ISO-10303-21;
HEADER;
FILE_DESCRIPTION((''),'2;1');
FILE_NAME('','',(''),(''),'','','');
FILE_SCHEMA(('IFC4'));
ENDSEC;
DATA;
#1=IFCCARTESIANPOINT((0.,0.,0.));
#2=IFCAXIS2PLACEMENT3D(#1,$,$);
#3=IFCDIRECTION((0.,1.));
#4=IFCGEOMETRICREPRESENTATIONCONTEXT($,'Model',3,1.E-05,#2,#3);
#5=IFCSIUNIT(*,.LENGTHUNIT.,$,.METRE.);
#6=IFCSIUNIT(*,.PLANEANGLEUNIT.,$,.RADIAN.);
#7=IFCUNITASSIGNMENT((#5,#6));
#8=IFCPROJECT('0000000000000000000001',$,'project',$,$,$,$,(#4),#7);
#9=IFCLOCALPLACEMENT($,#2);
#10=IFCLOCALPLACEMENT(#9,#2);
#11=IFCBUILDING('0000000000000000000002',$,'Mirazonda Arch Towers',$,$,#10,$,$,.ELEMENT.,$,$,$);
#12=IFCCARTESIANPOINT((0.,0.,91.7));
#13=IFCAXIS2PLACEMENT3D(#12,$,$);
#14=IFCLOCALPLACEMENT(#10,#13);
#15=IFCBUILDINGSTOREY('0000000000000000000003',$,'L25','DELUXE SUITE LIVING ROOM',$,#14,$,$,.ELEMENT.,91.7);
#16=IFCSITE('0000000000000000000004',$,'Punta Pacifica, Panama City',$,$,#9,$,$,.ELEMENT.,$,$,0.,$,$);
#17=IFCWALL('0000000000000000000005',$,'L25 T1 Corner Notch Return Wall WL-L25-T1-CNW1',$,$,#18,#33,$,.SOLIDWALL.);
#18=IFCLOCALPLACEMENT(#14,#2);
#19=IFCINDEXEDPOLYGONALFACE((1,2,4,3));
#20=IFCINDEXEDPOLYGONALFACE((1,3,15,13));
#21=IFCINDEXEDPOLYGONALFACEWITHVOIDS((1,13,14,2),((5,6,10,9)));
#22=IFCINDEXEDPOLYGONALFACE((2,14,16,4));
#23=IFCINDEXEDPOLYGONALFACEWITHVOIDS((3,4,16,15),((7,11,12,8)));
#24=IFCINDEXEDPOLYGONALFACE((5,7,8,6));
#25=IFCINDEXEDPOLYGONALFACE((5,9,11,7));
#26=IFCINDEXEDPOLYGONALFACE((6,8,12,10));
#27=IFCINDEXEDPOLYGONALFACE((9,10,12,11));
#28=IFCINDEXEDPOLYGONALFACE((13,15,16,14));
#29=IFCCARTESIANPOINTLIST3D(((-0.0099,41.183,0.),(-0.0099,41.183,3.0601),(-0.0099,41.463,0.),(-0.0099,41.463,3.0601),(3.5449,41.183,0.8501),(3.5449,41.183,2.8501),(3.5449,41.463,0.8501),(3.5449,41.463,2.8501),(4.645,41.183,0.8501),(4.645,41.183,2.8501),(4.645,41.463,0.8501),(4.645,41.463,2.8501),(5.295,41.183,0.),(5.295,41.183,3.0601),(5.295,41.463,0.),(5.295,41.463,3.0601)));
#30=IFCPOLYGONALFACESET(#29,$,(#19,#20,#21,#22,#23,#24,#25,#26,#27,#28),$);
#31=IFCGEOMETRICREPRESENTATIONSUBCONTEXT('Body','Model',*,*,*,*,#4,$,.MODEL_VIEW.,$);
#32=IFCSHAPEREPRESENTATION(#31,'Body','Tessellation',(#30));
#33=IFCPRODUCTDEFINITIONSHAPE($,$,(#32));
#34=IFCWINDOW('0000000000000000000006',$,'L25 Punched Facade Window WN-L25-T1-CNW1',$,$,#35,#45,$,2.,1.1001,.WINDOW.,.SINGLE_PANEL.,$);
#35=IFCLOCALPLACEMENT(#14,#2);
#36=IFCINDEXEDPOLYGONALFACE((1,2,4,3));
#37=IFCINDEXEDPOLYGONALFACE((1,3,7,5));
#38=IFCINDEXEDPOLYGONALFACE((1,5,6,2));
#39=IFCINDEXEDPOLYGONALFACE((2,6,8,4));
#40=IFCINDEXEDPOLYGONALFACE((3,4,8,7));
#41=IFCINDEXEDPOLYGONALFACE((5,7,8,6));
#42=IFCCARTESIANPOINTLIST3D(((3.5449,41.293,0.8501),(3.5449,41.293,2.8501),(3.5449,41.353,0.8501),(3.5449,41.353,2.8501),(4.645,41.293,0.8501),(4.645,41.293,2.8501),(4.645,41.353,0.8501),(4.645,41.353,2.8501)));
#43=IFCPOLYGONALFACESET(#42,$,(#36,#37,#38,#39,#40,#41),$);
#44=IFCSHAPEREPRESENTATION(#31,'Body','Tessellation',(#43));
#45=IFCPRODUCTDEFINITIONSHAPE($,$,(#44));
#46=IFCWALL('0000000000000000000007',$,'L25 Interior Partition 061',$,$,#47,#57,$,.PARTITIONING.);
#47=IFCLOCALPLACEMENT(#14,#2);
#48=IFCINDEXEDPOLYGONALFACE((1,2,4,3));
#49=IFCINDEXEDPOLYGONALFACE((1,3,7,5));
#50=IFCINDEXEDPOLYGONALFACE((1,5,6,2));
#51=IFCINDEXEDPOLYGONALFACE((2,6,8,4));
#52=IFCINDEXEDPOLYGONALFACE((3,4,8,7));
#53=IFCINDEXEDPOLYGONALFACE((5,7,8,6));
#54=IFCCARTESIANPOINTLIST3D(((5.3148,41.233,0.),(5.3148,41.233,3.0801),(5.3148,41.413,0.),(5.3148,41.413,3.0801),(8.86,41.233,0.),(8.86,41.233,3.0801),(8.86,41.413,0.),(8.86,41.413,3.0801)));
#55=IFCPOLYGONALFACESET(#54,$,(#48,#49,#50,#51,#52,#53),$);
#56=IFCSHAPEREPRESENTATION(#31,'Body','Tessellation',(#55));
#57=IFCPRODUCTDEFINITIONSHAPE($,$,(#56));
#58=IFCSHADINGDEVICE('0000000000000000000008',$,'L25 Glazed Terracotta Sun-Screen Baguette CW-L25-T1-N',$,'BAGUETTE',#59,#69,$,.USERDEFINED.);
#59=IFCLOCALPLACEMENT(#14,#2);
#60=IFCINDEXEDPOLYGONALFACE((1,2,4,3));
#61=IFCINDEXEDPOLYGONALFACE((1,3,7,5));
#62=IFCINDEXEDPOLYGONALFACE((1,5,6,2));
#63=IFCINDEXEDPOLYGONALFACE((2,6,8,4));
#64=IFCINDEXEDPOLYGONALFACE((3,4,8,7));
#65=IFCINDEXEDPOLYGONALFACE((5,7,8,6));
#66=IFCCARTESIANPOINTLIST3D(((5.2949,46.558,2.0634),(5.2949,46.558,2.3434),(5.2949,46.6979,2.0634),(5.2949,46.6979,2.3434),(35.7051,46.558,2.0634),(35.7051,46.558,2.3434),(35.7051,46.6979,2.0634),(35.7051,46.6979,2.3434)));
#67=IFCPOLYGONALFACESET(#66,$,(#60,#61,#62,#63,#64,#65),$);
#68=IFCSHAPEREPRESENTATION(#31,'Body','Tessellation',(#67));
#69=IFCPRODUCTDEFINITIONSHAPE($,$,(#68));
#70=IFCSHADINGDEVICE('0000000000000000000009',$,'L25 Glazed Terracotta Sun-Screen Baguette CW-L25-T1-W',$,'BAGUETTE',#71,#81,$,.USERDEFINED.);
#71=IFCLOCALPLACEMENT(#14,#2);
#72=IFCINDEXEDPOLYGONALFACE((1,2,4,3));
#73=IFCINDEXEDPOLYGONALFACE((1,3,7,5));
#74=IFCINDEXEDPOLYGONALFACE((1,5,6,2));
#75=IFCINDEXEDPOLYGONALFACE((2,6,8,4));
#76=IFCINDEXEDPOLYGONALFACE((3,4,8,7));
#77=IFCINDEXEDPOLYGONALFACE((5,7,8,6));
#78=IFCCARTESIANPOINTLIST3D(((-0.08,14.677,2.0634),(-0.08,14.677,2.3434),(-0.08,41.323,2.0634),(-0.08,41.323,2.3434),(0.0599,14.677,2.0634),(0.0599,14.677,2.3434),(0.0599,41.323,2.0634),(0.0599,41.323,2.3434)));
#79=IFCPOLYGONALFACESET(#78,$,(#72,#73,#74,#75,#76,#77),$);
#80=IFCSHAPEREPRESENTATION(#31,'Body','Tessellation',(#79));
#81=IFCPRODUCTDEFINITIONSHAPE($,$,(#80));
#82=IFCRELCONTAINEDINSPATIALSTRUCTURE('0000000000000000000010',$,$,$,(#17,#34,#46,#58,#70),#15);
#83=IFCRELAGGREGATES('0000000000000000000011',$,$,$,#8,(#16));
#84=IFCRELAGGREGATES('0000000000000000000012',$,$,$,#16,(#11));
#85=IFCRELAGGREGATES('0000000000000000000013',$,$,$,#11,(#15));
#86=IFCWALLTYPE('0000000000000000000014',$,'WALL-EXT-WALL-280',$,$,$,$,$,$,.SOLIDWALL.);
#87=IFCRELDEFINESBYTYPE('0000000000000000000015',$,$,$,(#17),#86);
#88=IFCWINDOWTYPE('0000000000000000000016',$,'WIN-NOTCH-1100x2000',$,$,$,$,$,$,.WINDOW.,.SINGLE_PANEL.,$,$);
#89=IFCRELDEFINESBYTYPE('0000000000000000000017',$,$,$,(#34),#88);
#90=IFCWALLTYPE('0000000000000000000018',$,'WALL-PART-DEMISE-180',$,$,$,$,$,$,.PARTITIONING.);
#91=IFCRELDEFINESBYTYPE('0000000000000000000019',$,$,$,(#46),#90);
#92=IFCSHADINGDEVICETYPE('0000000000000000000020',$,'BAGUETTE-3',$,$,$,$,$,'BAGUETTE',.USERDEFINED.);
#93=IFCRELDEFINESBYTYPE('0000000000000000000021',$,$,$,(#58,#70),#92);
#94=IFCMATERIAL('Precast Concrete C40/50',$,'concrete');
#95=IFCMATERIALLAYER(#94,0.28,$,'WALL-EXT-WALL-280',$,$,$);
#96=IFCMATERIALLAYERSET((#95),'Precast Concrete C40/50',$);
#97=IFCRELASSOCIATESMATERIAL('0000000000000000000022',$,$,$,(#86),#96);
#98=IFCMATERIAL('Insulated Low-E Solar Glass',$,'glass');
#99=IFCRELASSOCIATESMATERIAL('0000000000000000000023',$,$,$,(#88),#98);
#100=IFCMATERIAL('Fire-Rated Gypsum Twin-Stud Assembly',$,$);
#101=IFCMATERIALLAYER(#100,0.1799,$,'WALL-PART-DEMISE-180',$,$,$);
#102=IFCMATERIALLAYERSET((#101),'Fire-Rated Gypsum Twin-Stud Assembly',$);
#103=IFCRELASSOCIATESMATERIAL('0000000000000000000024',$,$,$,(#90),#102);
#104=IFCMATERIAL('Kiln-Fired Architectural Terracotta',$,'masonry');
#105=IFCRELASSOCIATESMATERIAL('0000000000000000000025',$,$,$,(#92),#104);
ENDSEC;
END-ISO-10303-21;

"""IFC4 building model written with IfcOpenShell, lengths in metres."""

from ifc_helpers import new_model, si_unit, direction, frame, frame_2d, origin, origin_2d, place, context, subcontext, project, spatial, rectangle, extrude, material, layer, layer_set, material_profile, profile_set, type_object, element, fill, save


model = new_model("IFC4")

# Units and contexts
model_context = context("Model", 3, precision=1e-05, world=origin(), true_north=direction((0.0, 1.0)))
body_context = subcontext(model_context, "Body", "Model", "MODEL_VIEW")
ifc_project = project(units=[si_unit("LENGTHUNIT", "METRE"), si_unit("PLANEANGLEUNIT", "RADIAN")], contexts=[model_context])

# Site, building, storey
site_placement = place(None, origin())
site = spatial("IfcSite", under=ifc_project, at=site_placement, Name="Punta Pacifica, Panama City", CompositionType="ELEMENT", RefElevation=0.0)
building_placement = place(site_placement, origin())
building = spatial("IfcBuilding", under=site, at=building_placement, Name="Mirazonda Arch Towers", CompositionType="ELEMENT")
storey_placement = place(building_placement, frame((0.0, 0.0, 91.7)))
storey = spatial("IfcBuildingStorey", under=building, at=storey_placement, Name="L25", Description="DELUXE SUITE LIVING ROOM", CompositionType="ELEMENT", Elevation=91.7)

# Shared definitions
ifc_material_1 = material(Name="Insulated Low-E Solar Glass", Category="glass")

# Wall, opening, window
ifc_material_2 = material(Name="Precast Concrete C40/50", Category="concrete")
ifc_layer_1 = layer(ifc_material_2, 0.28, Name="WALL-EXT-WALL-280")
ifc_layer_set_1 = layer_set([ifc_layer_1], Name="Precast Concrete C40/50")
wall_type_1 = type_object("IfcWallType", Name="WALL-EXT-WALL-280", PredefinedType="SOLIDWALL", material=ifc_layer_set_1)
wall_1_placement = place(storey_placement, frame((5.2949, 41.323, 0.0), z_axis=(0.0, 0.0, 1.0), x_axis=(-1.0, 0.0, 0.0)))
wall_1 = element("IfcWall", 1, at=wall_1_placement, inside=storey, type_object=wall_type_1, Name="L25 T1 Corner Notch Return Wall WL-L25-T1-CNW1", PredefinedType="SOLIDWALL", context=body_context, shape_type="SweptSolid", body=[
    extrude(rectangle(XDim=5.3049, YDim=0.28, at=frame_2d((2.6523, 0.0))), origin(), (0.0, 0.0, 1.0), 3.0601),
])
opening_1_placement = place(wall_1_placement, frame((0.6499, 0.0, 0.8501)))
opening_1 = element("IfcOpeningElement", 2, at=opening_1_placement, cuts=wall_1, PredefinedType="OPENING", context=body_context, shape_type="SweptSolid", body=[
    extrude(rectangle(XDim=1.1001, YDim=2.0, at=frame_2d((0.55, 1.0))), frame((0.0, 0.1499, 0.0), z_axis=(0.0, -1.0, 0.0), x_axis=(1.0, 0.0, 0.0)), (0.0, 0.0, 1.0), 0.3),
])
window_type = type_object("IfcWindowType", Name="WIN-NOTCH-1100x2000", PartitioningType="SINGLE_PANEL", PredefinedType="WINDOW", material=ifc_material_1)
window_placement = place(opening_1_placement, origin())
window = element("IfcWindow", 3, at=window_placement, inside=storey, type_object=window_type, Name="L25 Punched Facade Window WN-L25-T1-CNW1", OverallHeight=2.0, OverallWidth=1.1001, PartitioningType="SINGLE_PANEL", PredefinedType="WINDOW", context=body_context, shape_type="SweptSolid", body=[
    extrude(rectangle(XDim=1.1001, YDim=2.0, at=frame_2d((0.55, 1.0))), frame((0.0, 0.03, 0.0), z_axis=(0.0, -1.0, 0.0), x_axis=(1.0, 0.0, 0.0)), (0.0, 0.0, 1.0), 0.0601),
])
fill(opening_1, window)

# Wall
ifc_material_3 = material(Name="Fire-Rated Gypsum Twin-Stud Assembly")
ifc_layer_2 = layer(ifc_material_3, 0.1799, Name="WALL-PART-DEMISE-180")
ifc_layer_set_2 = layer_set([ifc_layer_2], Name="Fire-Rated Gypsum Twin-Stud Assembly")
wall_type_2 = type_object("IfcWallType", Name="WALL-PART-DEMISE-180", PredefinedType="PARTITIONING", material=ifc_layer_set_2)
wall_2_placement = place(storey_placement, frame((5.3149, 41.323, 0.0), z_axis=(0.0, 0.0, 1.0), x_axis=(1.0, 0.0, 0.0)))
element("IfcWall", 4, at=wall_2_placement, inside=storey, type_object=wall_type_2, Name="L25 Interior Partition 061", PredefinedType="PARTITIONING", context=body_context, shape_type="SweptSolid", body=[
    extrude(rectangle(XDim=3.5452, YDim=0.1799, at=frame_2d((1.7725, 0.0))), origin(), (0.0, 0.0, 1.0), 3.0801),
])

# Shading devices
ifc_material_4 = material(Name="Kiln-Fired Architectural Terracotta", Category="masonry")
ifc_material_profile_1 = material_profile(ifc_material_4, rectangle(XDim=0.1399, YDim=0.28, at=origin_2d()), Name="TERRA-BAG-140x280")
ifc_profile_set_1 = profile_set([ifc_material_profile_1], Name="Kiln-Fired Architectural Terracotta")
shading_device_type = type_object("IfcShadingDeviceType", Name="BAGUETTE-3", ElementType="BAGUETTE", PredefinedType="USERDEFINED", material=ifc_profile_set_1)
shading_device_1_placement = place(storey_placement, frame((5.2949, 46.6279, 2.2034), z_axis=(1.0, 0.0, 0.0), x_axis=(0.0, 1.0, 0.0)))
element("IfcShadingDevice", 5, at=shading_device_1_placement, inside=storey, type_object=shading_device_type, Name="L25 Glazed Terracotta Sun-Screen Baguette CW-L25-T1-N", ObjectType="BAGUETTE", PredefinedType="USERDEFINED", context=body_context, shape_type="SweptSolid", body=[
    extrude(rectangle(XDim=0.1399, YDim=0.28, at=origin_2d()), origin(), (0.0, 0.0, 1.0), 30.4102),
])
shading_device_2_placement = place(storey_placement, frame((-0.01, 41.323, 2.2034), z_axis=(0.0, -1.0, 0.0), x_axis=(1.0, 0.0, 0.0)))
element("IfcShadingDevice", 6, at=shading_device_2_placement, inside=storey, type_object=shading_device_type, Name="L25 Glazed Terracotta Sun-Screen Baguette CW-L25-T1-W", ObjectType="BAGUETTE", PredefinedType="USERDEFINED", context=body_context, shape_type="SweptSolid", body=[
    extrude(rectangle(XDim=0.1399, YDim=0.28, at=origin_2d()), origin(), (0.0, 0.0, 1.0), 26.646),
])

save(model, "model.ifc")
